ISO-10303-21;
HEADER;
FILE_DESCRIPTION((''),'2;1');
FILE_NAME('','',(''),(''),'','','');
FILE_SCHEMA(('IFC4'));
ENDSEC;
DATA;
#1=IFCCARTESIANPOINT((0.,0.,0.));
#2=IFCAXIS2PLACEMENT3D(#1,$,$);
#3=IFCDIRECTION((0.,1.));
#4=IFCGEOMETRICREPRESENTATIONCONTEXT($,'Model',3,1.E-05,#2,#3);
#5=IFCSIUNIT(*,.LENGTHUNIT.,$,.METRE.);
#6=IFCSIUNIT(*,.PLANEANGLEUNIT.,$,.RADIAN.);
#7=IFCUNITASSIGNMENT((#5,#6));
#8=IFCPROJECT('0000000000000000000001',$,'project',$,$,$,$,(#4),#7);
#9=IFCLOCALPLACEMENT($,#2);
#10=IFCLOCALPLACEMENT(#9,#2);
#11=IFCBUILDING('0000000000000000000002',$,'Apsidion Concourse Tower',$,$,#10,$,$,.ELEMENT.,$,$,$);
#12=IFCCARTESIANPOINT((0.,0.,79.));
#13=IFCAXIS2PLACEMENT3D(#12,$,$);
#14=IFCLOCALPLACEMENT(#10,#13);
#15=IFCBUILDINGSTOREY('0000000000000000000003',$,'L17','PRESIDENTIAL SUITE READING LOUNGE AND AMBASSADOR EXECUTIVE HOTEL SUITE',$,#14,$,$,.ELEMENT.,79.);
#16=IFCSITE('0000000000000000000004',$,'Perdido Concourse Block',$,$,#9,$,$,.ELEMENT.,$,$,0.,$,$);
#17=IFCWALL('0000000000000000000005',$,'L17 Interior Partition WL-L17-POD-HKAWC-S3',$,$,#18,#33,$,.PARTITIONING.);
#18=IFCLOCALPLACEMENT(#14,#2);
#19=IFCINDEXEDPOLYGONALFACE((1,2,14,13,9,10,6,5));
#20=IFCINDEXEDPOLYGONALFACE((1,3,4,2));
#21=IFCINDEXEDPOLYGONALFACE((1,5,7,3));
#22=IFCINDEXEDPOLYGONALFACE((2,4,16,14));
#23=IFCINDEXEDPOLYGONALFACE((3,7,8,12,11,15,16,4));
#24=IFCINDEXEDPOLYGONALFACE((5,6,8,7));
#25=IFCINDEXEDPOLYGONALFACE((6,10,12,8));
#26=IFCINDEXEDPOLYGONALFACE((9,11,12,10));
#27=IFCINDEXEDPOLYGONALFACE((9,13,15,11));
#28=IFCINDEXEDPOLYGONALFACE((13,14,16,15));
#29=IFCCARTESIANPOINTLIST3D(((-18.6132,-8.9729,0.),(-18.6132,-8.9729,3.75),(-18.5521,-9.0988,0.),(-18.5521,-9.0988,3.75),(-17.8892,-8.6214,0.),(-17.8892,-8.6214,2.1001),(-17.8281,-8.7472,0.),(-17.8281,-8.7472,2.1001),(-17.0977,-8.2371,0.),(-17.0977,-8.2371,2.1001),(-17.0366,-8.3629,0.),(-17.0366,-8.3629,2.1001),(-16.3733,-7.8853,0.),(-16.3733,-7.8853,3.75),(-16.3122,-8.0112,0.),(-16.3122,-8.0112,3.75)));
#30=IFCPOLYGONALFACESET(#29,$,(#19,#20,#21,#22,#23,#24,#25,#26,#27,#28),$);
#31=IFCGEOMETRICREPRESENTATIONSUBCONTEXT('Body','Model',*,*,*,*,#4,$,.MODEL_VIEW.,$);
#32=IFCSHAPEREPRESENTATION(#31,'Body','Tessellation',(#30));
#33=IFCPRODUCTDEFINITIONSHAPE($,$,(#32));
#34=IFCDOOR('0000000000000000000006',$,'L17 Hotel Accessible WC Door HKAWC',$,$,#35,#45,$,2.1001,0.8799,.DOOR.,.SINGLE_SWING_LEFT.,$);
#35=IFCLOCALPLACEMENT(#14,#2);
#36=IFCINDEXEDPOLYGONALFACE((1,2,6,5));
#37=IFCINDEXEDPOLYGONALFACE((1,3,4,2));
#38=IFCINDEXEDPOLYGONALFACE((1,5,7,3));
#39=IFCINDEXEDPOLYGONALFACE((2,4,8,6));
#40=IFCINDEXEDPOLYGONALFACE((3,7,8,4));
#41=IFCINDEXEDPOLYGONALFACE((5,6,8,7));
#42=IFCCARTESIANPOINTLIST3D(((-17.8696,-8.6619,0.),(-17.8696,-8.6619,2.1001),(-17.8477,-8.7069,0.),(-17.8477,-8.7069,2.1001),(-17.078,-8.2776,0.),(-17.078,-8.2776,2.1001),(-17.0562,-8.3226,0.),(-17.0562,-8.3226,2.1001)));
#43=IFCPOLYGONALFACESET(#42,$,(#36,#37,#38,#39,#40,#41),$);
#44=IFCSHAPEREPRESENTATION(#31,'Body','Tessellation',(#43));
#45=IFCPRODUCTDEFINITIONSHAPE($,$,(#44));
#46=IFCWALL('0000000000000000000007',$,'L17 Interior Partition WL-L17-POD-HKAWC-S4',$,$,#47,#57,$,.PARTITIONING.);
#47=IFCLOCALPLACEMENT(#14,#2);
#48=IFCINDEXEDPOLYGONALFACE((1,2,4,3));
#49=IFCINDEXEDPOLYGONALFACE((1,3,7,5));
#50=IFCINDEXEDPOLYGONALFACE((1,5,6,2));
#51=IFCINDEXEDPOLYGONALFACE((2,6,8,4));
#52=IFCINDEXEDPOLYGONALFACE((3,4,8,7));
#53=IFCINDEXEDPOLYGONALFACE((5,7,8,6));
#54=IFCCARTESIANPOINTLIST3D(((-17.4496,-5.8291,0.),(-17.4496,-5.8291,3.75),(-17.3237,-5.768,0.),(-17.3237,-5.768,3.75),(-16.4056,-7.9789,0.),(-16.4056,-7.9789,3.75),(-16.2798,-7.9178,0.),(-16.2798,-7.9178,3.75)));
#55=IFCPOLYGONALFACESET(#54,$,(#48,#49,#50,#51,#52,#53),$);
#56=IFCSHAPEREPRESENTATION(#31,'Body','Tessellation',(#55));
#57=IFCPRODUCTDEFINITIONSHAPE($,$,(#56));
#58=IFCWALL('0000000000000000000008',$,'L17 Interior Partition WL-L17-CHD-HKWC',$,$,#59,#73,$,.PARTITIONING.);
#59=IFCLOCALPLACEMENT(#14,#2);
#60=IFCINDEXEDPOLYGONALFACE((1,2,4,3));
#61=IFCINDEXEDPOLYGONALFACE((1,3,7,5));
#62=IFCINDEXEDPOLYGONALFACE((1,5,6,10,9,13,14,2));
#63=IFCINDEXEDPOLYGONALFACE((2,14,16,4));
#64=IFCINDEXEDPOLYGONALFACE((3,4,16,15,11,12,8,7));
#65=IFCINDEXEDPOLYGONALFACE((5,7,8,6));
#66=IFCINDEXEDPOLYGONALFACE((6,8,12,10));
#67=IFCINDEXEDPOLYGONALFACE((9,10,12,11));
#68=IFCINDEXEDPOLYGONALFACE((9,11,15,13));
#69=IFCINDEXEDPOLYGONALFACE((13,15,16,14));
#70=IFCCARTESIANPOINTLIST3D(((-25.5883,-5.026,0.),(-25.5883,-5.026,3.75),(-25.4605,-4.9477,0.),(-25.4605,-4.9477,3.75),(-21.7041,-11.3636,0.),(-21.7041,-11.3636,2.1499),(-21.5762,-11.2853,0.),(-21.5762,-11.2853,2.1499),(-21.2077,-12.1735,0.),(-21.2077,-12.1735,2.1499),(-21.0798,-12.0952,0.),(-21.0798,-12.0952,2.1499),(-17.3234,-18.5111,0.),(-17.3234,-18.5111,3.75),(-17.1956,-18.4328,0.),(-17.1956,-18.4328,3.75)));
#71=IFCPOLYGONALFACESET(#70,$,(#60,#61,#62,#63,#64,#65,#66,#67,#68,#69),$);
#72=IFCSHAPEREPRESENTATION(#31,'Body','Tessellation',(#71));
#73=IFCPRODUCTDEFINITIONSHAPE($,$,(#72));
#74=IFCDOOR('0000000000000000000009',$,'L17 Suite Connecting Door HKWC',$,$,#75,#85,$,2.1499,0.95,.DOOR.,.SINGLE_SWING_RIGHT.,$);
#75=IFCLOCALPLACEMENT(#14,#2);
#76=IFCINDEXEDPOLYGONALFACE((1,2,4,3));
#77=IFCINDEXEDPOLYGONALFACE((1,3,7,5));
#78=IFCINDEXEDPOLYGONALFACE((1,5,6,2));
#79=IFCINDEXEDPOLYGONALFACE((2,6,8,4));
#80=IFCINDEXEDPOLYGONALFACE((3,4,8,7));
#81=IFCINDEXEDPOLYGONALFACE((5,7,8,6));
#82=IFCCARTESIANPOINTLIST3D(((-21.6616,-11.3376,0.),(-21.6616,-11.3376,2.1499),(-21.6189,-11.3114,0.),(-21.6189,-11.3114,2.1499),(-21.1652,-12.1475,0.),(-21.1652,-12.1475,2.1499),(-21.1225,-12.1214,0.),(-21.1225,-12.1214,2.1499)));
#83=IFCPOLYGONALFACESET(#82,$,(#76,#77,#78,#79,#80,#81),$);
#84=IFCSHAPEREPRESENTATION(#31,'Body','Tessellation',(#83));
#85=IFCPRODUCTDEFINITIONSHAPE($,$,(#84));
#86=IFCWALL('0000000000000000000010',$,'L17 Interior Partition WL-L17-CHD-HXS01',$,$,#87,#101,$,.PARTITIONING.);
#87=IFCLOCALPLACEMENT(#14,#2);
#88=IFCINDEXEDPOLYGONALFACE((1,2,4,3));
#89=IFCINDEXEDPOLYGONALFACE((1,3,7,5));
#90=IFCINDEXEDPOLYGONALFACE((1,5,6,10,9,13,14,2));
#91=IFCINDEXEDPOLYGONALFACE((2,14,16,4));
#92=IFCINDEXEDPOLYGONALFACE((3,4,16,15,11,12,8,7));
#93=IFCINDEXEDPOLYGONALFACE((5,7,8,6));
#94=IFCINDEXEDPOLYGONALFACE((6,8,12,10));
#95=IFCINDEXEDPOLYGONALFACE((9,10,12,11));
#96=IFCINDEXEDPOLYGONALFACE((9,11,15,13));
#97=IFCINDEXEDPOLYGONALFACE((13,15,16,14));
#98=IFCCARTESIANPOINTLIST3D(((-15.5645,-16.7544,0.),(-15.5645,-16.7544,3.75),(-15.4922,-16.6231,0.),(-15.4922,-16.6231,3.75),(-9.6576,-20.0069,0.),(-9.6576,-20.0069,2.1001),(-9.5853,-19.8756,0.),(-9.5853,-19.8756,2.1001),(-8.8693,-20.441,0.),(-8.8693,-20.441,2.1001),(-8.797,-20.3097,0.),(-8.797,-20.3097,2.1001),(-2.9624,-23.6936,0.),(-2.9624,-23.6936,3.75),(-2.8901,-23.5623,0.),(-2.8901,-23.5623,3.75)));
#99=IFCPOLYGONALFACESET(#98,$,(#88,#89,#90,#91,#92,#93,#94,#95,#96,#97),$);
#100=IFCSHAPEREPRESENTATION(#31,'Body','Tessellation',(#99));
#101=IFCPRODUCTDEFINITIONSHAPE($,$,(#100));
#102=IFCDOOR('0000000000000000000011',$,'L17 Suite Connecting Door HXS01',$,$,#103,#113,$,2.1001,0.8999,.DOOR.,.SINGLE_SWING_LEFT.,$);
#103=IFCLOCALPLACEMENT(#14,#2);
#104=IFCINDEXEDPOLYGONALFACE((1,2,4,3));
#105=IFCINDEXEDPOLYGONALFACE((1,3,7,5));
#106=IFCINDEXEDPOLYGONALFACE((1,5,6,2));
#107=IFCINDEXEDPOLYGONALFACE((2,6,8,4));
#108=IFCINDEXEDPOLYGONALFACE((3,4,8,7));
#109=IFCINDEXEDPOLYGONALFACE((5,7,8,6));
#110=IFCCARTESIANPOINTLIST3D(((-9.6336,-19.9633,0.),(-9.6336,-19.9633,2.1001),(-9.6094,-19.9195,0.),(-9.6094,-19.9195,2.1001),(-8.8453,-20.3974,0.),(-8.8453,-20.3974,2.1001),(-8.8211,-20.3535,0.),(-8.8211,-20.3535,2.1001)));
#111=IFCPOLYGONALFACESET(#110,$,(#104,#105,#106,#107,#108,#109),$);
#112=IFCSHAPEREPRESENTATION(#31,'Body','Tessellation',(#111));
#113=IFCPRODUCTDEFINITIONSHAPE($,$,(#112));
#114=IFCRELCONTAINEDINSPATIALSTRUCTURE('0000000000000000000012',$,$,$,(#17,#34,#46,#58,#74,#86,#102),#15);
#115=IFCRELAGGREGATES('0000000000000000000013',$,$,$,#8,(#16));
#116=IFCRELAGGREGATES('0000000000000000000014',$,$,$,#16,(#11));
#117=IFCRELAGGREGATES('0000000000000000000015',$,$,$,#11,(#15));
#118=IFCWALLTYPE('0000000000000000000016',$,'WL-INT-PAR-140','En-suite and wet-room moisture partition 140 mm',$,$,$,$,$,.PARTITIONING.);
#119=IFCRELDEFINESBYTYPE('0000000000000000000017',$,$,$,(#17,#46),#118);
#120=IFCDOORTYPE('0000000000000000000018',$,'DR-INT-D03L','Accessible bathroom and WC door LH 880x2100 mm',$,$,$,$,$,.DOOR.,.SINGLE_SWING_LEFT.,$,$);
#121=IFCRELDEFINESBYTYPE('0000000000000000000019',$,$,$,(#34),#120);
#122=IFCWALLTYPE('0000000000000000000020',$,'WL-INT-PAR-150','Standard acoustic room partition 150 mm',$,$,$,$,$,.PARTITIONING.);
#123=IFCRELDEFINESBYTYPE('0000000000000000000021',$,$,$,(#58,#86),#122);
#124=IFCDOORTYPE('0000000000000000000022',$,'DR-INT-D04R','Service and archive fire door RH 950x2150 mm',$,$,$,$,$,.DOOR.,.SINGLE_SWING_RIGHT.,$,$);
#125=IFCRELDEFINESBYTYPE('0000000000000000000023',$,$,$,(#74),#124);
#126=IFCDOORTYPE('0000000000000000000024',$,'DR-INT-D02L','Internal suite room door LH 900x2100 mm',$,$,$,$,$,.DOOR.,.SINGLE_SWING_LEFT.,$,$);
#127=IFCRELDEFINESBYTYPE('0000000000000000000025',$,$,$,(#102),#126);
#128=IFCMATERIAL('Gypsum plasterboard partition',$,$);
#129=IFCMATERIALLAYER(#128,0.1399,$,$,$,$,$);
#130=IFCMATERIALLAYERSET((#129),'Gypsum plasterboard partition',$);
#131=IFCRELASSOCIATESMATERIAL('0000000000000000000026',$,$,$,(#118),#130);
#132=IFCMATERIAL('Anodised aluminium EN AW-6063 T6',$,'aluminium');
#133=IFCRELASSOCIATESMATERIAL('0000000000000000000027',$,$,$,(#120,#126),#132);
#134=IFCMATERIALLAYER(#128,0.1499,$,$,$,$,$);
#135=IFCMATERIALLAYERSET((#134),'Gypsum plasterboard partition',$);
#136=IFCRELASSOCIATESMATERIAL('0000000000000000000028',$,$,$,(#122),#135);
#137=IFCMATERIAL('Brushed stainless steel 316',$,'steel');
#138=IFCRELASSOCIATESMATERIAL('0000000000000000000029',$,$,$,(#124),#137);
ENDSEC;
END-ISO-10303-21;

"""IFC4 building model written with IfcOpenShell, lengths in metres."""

from ifc_helpers import new_model, si_unit, direction, frame, frame_2d, origin, place, context, subcontext, project, spatial, rectangle, extrude, material, layer, layer_set, type_object, element, fill, save


model = new_model("IFC4")

# Units and contexts
model_context = context("Model", 3, precision=1e-05, world=origin(), true_north=direction((0.0, 1.0)))
body_context = subcontext(model_context, "Body", "Model", "MODEL_VIEW")
ifc_project = project(units=[si_unit("LENGTHUNIT", "METRE"), si_unit("PLANEANGLEUNIT", "RADIAN")], contexts=[model_context])

# Site, building, storey
site_placement = place(None, origin())
site = spatial("IfcSite", under=ifc_project, at=site_placement, Name="Perdido Concourse Block", CompositionType="ELEMENT", RefElevation=0.0)
building_placement = place(site_placement, origin())
building = spatial("IfcBuilding", under=site, at=building_placement, Name="Apsidion Concourse Tower", CompositionType="ELEMENT")
storey_placement = place(building_placement, frame((0.0, 0.0, 79.0)))
storey = spatial("IfcBuildingStorey", under=building, at=storey_placement, Name="L17", Description="PRESIDENTIAL SUITE READING LOUNGE AND AMBASSADOR EXECUTIVE HOTEL SUITE", CompositionType="ELEMENT", Elevation=79.0)

# Shared definitions
ifc_material_1 = material(Name="Anodised aluminium EN AW-6063 T6", Category="aluminium")

# Shared definitions
ifc_material_2 = material(Name="Gypsum plasterboard partition")
ifc_layer_1 = layer(ifc_material_2, 0.1399)
ifc_layer_set_1 = layer_set([ifc_layer_1], Name="Gypsum plasterboard partition")
wall_type_1 = type_object("IfcWallType", Name="WL-INT-PAR-140", Description="En-suite and wet-room moisture partition 140 mm", PredefinedType="PARTITIONING", material=ifc_layer_set_1)

# Wall, opening, door
wall_1_placement = place(storey_placement, frame((-18.5828, -9.0359, 0.0), z_axis=(0.0, 0.0, 1.0), x_axis=(0.899563, 0.436791, 0.0)))
wall_1 = element("IfcWall", 1, at=wall_1_placement, inside=storey, type_object=wall_type_1, Name="L17 Interior Partition WL-L17-POD-HKAWC-S3", PredefinedType="PARTITIONING", context=body_context, shape_type="SweptSolid", body=[
    extrude(rectangle(XDim=2.49, YDim=0.1399, at=frame_2d((1.2451, 0.0))), origin(), (0.0, 0.0, 1.0), 3.75),
])
opening_1_placement = place(wall_1_placement, frame((0.8049, 0.0, 0.0)))
opening_1 = element("IfcOpeningElement", 2, at=opening_1_placement, cuts=wall_1, PredefinedType="OPENING", context=body_context, shape_type="SweptSolid", body=[
    extrude(rectangle(XDim=0.8799, YDim=2.1001, at=frame_2d((0.4399, 1.05))), frame((0.0, 0.0801, 0.0), z_axis=(0.0, -1.0, 0.0), x_axis=(1.0, 0.0, 0.0)), (0.0, 0.0, 1.0), 0.1599),
])
door_type_1 = type_object("IfcDoorType", Name="DR-INT-D03L", Description="Accessible bathroom and WC door LH 880x2100 mm", OperationType="SINGLE_SWING_LEFT", PredefinedType="DOOR", material=ifc_material_1)
door_1_placement = place(opening_1_placement, origin())
door_1 = element("IfcDoor", 3, at=door_1_placement, inside=storey, type_object=door_type_1, Name="L17 Hotel Accessible WC Door HKAWC", OperationType="SINGLE_SWING_LEFT", OverallHeight=2.1001, OverallWidth=0.8799, PredefinedType="DOOR", context=body_context, shape_type="SweptSolid", body=[
    extrude(rectangle(XDim=0.8799, YDim=2.1001, at=frame_2d((0.4399, 1.05))), frame((0.0, 0.0249, 0.0), z_axis=(0.0, -1.0, 0.0), x_axis=(1.0, 0.0, 0.0)), (0.0, 0.0, 1.0), 0.05),
])
fill(opening_1, door_1)

# Wall
wall_2_placement = place(storey_placement, frame((-16.3428, -7.9482, 0.0), z_axis=(0.0, 0.0, 1.0), x_axis=(-0.436805, 0.899556, 0.0)))
element("IfcWall", 4, at=wall_2_placement, inside=storey, type_object=wall_type_1, Name="L17 Interior Partition WL-L17-POD-HKAWC-S4", PredefinedType="PARTITIONING", context=body_context, shape_type="SweptSolid", body=[
    extrude(rectangle(XDim=2.3899, YDim=0.1399, at=frame_2d((1.1948, 0.0))), origin(), (0.0, 0.0, 1.0), 3.75),
])

# Walls, openings, doors
ifc_layer_2 = layer(ifc_material_2, 0.1499)
ifc_layer_set_2 = layer_set([ifc_layer_2], Name="Gypsum plasterboard partition")
wall_type_2 = type_object("IfcWallType", Name="WL-INT-PAR-150", Description="Standard acoustic room partition 150 mm", PredefinedType="PARTITIONING", material=ifc_layer_set_2)
wall_3_placement = place(storey_placement, frame((-25.5244, -4.9868, 0.0), z_axis=(0.0, 0.0, 1.0), x_axis=(0.522554, -0.852606, 0.0)))
wall_3 = element("IfcWall", 5, at=wall_3_placement, inside=storey, type_object=wall_type_2, Name="L17 Interior Partition WL-L17-CHD-HKWC", PredefinedType="PARTITIONING", context=body_context, shape_type="SweptSolid", body=[
    extrude(rectangle(XDim=15.8164, YDim=0.1499, at=frame_2d((7.9082, 0.0))), origin(), (0.0, 0.0, 1.0), 3.75),
])
opening_2_placement = place(wall_3_placement, frame((7.4331, 0.0, 0.0)))
opening_2 = element("IfcOpeningElement", 6, at=opening_2_placement, cuts=wall_3, PredefinedType="OPENING", context=body_context, shape_type="SweptSolid", body=[
    extrude(rectangle(XDim=0.95, YDim=2.1499, at=frame_2d((0.4751, 1.075))), frame((0.0, 0.085, 0.0), z_axis=(0.0, -1.0, 0.0), x_axis=(1.0, 0.0, 0.0)), (0.0, 0.0, 1.0), 0.1699),
])
ifc_material_3 = material(Name="Brushed stainless steel 316", Category="steel")
door_type_2 = type_object("IfcDoorType", Name="DR-INT-D04R", Description="Service and archive fire door RH 950x2150 mm", OperationType="SINGLE_SWING_RIGHT", PredefinedType="DOOR", material=ifc_material_3)
door_2_placement = place(opening_2_placement, origin())
door_2 = element("IfcDoor", 7, at=door_2_placement, inside=storey, type_object=door_type_2, Name="L17 Suite Connecting Door HKWC", OperationType="SINGLE_SWING_RIGHT", OverallHeight=2.1499, OverallWidth=0.95, PredefinedType="DOOR", context=body_context, shape_type="SweptSolid", body=[
    extrude(rectangle(XDim=0.95, YDim=2.1499, at=frame_2d((0.4751, 1.075))), frame((0.0, 0.0249, 0.0), z_axis=(0.0, -1.0, 0.0), x_axis=(1.0, 0.0, 0.0)), (0.0, 0.0, 1.0), 0.05),
])
fill(opening_2, door_2)
wall_4_placement = place(storey_placement, frame((-15.5283, -16.6887, 0.0), z_axis=(0.0, 0.0, 1.0), x_axis=(0.875979, -0.48235, 0.0)))
wall_4 = element("IfcWall", 8, at=wall_4_placement, inside=storey, type_object=wall_type_2, Name="L17 Interior Partition WL-L17-CHD-HXS01", PredefinedType="PARTITIONING", context=body_context, shape_type="SweptSolid", body=[
    extrude(rectangle(XDim=14.3862, YDim=0.1499, at=frame_2d((7.1931, 0.0))), origin(), (0.0, 0.0, 1.0), 3.75),
])
opening_3_placement = place(wall_4_placement, frame((6.7432, 0.0, 0.0)))
opening_3 = element("IfcOpeningElement", 9, at=opening_3_placement, cuts=wall_4, PredefinedType="OPENING", context=body_context, shape_type="SweptSolid", body=[
    extrude(rectangle(XDim=0.8999, YDim=2.1001, at=frame_2d((0.45, 1.05))), frame((0.0, 0.085, 0.0), z_axis=(0.0, -1.0, 0.0), x_axis=(1.0, 0.0, 0.0)), (0.0, 0.0, 1.0), 0.1699),
])
door_type_3 = type_object("IfcDoorType", Name="DR-INT-D02L", Description="Internal suite room door LH 900x2100 mm", OperationType="SINGLE_SWING_LEFT", PredefinedType="DOOR", material=ifc_material_1)
door_3_placement = place(opening_3_placement, origin())
door_3 = element("IfcDoor", 10, at=door_3_placement, inside=storey, type_object=door_type_3, Name="L17 Suite Connecting Door HXS01", OperationType="SINGLE_SWING_LEFT", OverallHeight=2.1001, OverallWidth=0.8999, PredefinedType="DOOR", context=body_context, shape_type="SweptSolid", body=[
    extrude(rectangle(XDim=0.8999, YDim=2.1001, at=frame_2d((0.45, 1.05))), frame((0.0, 0.0249, 0.0), z_axis=(0.0, -1.0, 0.0), x_axis=(1.0, 0.0, 0.0)), (0.0, 0.0, 1.0), 0.05),
])
fill(opening_3, door_3)

save(model, "model.ifc")
